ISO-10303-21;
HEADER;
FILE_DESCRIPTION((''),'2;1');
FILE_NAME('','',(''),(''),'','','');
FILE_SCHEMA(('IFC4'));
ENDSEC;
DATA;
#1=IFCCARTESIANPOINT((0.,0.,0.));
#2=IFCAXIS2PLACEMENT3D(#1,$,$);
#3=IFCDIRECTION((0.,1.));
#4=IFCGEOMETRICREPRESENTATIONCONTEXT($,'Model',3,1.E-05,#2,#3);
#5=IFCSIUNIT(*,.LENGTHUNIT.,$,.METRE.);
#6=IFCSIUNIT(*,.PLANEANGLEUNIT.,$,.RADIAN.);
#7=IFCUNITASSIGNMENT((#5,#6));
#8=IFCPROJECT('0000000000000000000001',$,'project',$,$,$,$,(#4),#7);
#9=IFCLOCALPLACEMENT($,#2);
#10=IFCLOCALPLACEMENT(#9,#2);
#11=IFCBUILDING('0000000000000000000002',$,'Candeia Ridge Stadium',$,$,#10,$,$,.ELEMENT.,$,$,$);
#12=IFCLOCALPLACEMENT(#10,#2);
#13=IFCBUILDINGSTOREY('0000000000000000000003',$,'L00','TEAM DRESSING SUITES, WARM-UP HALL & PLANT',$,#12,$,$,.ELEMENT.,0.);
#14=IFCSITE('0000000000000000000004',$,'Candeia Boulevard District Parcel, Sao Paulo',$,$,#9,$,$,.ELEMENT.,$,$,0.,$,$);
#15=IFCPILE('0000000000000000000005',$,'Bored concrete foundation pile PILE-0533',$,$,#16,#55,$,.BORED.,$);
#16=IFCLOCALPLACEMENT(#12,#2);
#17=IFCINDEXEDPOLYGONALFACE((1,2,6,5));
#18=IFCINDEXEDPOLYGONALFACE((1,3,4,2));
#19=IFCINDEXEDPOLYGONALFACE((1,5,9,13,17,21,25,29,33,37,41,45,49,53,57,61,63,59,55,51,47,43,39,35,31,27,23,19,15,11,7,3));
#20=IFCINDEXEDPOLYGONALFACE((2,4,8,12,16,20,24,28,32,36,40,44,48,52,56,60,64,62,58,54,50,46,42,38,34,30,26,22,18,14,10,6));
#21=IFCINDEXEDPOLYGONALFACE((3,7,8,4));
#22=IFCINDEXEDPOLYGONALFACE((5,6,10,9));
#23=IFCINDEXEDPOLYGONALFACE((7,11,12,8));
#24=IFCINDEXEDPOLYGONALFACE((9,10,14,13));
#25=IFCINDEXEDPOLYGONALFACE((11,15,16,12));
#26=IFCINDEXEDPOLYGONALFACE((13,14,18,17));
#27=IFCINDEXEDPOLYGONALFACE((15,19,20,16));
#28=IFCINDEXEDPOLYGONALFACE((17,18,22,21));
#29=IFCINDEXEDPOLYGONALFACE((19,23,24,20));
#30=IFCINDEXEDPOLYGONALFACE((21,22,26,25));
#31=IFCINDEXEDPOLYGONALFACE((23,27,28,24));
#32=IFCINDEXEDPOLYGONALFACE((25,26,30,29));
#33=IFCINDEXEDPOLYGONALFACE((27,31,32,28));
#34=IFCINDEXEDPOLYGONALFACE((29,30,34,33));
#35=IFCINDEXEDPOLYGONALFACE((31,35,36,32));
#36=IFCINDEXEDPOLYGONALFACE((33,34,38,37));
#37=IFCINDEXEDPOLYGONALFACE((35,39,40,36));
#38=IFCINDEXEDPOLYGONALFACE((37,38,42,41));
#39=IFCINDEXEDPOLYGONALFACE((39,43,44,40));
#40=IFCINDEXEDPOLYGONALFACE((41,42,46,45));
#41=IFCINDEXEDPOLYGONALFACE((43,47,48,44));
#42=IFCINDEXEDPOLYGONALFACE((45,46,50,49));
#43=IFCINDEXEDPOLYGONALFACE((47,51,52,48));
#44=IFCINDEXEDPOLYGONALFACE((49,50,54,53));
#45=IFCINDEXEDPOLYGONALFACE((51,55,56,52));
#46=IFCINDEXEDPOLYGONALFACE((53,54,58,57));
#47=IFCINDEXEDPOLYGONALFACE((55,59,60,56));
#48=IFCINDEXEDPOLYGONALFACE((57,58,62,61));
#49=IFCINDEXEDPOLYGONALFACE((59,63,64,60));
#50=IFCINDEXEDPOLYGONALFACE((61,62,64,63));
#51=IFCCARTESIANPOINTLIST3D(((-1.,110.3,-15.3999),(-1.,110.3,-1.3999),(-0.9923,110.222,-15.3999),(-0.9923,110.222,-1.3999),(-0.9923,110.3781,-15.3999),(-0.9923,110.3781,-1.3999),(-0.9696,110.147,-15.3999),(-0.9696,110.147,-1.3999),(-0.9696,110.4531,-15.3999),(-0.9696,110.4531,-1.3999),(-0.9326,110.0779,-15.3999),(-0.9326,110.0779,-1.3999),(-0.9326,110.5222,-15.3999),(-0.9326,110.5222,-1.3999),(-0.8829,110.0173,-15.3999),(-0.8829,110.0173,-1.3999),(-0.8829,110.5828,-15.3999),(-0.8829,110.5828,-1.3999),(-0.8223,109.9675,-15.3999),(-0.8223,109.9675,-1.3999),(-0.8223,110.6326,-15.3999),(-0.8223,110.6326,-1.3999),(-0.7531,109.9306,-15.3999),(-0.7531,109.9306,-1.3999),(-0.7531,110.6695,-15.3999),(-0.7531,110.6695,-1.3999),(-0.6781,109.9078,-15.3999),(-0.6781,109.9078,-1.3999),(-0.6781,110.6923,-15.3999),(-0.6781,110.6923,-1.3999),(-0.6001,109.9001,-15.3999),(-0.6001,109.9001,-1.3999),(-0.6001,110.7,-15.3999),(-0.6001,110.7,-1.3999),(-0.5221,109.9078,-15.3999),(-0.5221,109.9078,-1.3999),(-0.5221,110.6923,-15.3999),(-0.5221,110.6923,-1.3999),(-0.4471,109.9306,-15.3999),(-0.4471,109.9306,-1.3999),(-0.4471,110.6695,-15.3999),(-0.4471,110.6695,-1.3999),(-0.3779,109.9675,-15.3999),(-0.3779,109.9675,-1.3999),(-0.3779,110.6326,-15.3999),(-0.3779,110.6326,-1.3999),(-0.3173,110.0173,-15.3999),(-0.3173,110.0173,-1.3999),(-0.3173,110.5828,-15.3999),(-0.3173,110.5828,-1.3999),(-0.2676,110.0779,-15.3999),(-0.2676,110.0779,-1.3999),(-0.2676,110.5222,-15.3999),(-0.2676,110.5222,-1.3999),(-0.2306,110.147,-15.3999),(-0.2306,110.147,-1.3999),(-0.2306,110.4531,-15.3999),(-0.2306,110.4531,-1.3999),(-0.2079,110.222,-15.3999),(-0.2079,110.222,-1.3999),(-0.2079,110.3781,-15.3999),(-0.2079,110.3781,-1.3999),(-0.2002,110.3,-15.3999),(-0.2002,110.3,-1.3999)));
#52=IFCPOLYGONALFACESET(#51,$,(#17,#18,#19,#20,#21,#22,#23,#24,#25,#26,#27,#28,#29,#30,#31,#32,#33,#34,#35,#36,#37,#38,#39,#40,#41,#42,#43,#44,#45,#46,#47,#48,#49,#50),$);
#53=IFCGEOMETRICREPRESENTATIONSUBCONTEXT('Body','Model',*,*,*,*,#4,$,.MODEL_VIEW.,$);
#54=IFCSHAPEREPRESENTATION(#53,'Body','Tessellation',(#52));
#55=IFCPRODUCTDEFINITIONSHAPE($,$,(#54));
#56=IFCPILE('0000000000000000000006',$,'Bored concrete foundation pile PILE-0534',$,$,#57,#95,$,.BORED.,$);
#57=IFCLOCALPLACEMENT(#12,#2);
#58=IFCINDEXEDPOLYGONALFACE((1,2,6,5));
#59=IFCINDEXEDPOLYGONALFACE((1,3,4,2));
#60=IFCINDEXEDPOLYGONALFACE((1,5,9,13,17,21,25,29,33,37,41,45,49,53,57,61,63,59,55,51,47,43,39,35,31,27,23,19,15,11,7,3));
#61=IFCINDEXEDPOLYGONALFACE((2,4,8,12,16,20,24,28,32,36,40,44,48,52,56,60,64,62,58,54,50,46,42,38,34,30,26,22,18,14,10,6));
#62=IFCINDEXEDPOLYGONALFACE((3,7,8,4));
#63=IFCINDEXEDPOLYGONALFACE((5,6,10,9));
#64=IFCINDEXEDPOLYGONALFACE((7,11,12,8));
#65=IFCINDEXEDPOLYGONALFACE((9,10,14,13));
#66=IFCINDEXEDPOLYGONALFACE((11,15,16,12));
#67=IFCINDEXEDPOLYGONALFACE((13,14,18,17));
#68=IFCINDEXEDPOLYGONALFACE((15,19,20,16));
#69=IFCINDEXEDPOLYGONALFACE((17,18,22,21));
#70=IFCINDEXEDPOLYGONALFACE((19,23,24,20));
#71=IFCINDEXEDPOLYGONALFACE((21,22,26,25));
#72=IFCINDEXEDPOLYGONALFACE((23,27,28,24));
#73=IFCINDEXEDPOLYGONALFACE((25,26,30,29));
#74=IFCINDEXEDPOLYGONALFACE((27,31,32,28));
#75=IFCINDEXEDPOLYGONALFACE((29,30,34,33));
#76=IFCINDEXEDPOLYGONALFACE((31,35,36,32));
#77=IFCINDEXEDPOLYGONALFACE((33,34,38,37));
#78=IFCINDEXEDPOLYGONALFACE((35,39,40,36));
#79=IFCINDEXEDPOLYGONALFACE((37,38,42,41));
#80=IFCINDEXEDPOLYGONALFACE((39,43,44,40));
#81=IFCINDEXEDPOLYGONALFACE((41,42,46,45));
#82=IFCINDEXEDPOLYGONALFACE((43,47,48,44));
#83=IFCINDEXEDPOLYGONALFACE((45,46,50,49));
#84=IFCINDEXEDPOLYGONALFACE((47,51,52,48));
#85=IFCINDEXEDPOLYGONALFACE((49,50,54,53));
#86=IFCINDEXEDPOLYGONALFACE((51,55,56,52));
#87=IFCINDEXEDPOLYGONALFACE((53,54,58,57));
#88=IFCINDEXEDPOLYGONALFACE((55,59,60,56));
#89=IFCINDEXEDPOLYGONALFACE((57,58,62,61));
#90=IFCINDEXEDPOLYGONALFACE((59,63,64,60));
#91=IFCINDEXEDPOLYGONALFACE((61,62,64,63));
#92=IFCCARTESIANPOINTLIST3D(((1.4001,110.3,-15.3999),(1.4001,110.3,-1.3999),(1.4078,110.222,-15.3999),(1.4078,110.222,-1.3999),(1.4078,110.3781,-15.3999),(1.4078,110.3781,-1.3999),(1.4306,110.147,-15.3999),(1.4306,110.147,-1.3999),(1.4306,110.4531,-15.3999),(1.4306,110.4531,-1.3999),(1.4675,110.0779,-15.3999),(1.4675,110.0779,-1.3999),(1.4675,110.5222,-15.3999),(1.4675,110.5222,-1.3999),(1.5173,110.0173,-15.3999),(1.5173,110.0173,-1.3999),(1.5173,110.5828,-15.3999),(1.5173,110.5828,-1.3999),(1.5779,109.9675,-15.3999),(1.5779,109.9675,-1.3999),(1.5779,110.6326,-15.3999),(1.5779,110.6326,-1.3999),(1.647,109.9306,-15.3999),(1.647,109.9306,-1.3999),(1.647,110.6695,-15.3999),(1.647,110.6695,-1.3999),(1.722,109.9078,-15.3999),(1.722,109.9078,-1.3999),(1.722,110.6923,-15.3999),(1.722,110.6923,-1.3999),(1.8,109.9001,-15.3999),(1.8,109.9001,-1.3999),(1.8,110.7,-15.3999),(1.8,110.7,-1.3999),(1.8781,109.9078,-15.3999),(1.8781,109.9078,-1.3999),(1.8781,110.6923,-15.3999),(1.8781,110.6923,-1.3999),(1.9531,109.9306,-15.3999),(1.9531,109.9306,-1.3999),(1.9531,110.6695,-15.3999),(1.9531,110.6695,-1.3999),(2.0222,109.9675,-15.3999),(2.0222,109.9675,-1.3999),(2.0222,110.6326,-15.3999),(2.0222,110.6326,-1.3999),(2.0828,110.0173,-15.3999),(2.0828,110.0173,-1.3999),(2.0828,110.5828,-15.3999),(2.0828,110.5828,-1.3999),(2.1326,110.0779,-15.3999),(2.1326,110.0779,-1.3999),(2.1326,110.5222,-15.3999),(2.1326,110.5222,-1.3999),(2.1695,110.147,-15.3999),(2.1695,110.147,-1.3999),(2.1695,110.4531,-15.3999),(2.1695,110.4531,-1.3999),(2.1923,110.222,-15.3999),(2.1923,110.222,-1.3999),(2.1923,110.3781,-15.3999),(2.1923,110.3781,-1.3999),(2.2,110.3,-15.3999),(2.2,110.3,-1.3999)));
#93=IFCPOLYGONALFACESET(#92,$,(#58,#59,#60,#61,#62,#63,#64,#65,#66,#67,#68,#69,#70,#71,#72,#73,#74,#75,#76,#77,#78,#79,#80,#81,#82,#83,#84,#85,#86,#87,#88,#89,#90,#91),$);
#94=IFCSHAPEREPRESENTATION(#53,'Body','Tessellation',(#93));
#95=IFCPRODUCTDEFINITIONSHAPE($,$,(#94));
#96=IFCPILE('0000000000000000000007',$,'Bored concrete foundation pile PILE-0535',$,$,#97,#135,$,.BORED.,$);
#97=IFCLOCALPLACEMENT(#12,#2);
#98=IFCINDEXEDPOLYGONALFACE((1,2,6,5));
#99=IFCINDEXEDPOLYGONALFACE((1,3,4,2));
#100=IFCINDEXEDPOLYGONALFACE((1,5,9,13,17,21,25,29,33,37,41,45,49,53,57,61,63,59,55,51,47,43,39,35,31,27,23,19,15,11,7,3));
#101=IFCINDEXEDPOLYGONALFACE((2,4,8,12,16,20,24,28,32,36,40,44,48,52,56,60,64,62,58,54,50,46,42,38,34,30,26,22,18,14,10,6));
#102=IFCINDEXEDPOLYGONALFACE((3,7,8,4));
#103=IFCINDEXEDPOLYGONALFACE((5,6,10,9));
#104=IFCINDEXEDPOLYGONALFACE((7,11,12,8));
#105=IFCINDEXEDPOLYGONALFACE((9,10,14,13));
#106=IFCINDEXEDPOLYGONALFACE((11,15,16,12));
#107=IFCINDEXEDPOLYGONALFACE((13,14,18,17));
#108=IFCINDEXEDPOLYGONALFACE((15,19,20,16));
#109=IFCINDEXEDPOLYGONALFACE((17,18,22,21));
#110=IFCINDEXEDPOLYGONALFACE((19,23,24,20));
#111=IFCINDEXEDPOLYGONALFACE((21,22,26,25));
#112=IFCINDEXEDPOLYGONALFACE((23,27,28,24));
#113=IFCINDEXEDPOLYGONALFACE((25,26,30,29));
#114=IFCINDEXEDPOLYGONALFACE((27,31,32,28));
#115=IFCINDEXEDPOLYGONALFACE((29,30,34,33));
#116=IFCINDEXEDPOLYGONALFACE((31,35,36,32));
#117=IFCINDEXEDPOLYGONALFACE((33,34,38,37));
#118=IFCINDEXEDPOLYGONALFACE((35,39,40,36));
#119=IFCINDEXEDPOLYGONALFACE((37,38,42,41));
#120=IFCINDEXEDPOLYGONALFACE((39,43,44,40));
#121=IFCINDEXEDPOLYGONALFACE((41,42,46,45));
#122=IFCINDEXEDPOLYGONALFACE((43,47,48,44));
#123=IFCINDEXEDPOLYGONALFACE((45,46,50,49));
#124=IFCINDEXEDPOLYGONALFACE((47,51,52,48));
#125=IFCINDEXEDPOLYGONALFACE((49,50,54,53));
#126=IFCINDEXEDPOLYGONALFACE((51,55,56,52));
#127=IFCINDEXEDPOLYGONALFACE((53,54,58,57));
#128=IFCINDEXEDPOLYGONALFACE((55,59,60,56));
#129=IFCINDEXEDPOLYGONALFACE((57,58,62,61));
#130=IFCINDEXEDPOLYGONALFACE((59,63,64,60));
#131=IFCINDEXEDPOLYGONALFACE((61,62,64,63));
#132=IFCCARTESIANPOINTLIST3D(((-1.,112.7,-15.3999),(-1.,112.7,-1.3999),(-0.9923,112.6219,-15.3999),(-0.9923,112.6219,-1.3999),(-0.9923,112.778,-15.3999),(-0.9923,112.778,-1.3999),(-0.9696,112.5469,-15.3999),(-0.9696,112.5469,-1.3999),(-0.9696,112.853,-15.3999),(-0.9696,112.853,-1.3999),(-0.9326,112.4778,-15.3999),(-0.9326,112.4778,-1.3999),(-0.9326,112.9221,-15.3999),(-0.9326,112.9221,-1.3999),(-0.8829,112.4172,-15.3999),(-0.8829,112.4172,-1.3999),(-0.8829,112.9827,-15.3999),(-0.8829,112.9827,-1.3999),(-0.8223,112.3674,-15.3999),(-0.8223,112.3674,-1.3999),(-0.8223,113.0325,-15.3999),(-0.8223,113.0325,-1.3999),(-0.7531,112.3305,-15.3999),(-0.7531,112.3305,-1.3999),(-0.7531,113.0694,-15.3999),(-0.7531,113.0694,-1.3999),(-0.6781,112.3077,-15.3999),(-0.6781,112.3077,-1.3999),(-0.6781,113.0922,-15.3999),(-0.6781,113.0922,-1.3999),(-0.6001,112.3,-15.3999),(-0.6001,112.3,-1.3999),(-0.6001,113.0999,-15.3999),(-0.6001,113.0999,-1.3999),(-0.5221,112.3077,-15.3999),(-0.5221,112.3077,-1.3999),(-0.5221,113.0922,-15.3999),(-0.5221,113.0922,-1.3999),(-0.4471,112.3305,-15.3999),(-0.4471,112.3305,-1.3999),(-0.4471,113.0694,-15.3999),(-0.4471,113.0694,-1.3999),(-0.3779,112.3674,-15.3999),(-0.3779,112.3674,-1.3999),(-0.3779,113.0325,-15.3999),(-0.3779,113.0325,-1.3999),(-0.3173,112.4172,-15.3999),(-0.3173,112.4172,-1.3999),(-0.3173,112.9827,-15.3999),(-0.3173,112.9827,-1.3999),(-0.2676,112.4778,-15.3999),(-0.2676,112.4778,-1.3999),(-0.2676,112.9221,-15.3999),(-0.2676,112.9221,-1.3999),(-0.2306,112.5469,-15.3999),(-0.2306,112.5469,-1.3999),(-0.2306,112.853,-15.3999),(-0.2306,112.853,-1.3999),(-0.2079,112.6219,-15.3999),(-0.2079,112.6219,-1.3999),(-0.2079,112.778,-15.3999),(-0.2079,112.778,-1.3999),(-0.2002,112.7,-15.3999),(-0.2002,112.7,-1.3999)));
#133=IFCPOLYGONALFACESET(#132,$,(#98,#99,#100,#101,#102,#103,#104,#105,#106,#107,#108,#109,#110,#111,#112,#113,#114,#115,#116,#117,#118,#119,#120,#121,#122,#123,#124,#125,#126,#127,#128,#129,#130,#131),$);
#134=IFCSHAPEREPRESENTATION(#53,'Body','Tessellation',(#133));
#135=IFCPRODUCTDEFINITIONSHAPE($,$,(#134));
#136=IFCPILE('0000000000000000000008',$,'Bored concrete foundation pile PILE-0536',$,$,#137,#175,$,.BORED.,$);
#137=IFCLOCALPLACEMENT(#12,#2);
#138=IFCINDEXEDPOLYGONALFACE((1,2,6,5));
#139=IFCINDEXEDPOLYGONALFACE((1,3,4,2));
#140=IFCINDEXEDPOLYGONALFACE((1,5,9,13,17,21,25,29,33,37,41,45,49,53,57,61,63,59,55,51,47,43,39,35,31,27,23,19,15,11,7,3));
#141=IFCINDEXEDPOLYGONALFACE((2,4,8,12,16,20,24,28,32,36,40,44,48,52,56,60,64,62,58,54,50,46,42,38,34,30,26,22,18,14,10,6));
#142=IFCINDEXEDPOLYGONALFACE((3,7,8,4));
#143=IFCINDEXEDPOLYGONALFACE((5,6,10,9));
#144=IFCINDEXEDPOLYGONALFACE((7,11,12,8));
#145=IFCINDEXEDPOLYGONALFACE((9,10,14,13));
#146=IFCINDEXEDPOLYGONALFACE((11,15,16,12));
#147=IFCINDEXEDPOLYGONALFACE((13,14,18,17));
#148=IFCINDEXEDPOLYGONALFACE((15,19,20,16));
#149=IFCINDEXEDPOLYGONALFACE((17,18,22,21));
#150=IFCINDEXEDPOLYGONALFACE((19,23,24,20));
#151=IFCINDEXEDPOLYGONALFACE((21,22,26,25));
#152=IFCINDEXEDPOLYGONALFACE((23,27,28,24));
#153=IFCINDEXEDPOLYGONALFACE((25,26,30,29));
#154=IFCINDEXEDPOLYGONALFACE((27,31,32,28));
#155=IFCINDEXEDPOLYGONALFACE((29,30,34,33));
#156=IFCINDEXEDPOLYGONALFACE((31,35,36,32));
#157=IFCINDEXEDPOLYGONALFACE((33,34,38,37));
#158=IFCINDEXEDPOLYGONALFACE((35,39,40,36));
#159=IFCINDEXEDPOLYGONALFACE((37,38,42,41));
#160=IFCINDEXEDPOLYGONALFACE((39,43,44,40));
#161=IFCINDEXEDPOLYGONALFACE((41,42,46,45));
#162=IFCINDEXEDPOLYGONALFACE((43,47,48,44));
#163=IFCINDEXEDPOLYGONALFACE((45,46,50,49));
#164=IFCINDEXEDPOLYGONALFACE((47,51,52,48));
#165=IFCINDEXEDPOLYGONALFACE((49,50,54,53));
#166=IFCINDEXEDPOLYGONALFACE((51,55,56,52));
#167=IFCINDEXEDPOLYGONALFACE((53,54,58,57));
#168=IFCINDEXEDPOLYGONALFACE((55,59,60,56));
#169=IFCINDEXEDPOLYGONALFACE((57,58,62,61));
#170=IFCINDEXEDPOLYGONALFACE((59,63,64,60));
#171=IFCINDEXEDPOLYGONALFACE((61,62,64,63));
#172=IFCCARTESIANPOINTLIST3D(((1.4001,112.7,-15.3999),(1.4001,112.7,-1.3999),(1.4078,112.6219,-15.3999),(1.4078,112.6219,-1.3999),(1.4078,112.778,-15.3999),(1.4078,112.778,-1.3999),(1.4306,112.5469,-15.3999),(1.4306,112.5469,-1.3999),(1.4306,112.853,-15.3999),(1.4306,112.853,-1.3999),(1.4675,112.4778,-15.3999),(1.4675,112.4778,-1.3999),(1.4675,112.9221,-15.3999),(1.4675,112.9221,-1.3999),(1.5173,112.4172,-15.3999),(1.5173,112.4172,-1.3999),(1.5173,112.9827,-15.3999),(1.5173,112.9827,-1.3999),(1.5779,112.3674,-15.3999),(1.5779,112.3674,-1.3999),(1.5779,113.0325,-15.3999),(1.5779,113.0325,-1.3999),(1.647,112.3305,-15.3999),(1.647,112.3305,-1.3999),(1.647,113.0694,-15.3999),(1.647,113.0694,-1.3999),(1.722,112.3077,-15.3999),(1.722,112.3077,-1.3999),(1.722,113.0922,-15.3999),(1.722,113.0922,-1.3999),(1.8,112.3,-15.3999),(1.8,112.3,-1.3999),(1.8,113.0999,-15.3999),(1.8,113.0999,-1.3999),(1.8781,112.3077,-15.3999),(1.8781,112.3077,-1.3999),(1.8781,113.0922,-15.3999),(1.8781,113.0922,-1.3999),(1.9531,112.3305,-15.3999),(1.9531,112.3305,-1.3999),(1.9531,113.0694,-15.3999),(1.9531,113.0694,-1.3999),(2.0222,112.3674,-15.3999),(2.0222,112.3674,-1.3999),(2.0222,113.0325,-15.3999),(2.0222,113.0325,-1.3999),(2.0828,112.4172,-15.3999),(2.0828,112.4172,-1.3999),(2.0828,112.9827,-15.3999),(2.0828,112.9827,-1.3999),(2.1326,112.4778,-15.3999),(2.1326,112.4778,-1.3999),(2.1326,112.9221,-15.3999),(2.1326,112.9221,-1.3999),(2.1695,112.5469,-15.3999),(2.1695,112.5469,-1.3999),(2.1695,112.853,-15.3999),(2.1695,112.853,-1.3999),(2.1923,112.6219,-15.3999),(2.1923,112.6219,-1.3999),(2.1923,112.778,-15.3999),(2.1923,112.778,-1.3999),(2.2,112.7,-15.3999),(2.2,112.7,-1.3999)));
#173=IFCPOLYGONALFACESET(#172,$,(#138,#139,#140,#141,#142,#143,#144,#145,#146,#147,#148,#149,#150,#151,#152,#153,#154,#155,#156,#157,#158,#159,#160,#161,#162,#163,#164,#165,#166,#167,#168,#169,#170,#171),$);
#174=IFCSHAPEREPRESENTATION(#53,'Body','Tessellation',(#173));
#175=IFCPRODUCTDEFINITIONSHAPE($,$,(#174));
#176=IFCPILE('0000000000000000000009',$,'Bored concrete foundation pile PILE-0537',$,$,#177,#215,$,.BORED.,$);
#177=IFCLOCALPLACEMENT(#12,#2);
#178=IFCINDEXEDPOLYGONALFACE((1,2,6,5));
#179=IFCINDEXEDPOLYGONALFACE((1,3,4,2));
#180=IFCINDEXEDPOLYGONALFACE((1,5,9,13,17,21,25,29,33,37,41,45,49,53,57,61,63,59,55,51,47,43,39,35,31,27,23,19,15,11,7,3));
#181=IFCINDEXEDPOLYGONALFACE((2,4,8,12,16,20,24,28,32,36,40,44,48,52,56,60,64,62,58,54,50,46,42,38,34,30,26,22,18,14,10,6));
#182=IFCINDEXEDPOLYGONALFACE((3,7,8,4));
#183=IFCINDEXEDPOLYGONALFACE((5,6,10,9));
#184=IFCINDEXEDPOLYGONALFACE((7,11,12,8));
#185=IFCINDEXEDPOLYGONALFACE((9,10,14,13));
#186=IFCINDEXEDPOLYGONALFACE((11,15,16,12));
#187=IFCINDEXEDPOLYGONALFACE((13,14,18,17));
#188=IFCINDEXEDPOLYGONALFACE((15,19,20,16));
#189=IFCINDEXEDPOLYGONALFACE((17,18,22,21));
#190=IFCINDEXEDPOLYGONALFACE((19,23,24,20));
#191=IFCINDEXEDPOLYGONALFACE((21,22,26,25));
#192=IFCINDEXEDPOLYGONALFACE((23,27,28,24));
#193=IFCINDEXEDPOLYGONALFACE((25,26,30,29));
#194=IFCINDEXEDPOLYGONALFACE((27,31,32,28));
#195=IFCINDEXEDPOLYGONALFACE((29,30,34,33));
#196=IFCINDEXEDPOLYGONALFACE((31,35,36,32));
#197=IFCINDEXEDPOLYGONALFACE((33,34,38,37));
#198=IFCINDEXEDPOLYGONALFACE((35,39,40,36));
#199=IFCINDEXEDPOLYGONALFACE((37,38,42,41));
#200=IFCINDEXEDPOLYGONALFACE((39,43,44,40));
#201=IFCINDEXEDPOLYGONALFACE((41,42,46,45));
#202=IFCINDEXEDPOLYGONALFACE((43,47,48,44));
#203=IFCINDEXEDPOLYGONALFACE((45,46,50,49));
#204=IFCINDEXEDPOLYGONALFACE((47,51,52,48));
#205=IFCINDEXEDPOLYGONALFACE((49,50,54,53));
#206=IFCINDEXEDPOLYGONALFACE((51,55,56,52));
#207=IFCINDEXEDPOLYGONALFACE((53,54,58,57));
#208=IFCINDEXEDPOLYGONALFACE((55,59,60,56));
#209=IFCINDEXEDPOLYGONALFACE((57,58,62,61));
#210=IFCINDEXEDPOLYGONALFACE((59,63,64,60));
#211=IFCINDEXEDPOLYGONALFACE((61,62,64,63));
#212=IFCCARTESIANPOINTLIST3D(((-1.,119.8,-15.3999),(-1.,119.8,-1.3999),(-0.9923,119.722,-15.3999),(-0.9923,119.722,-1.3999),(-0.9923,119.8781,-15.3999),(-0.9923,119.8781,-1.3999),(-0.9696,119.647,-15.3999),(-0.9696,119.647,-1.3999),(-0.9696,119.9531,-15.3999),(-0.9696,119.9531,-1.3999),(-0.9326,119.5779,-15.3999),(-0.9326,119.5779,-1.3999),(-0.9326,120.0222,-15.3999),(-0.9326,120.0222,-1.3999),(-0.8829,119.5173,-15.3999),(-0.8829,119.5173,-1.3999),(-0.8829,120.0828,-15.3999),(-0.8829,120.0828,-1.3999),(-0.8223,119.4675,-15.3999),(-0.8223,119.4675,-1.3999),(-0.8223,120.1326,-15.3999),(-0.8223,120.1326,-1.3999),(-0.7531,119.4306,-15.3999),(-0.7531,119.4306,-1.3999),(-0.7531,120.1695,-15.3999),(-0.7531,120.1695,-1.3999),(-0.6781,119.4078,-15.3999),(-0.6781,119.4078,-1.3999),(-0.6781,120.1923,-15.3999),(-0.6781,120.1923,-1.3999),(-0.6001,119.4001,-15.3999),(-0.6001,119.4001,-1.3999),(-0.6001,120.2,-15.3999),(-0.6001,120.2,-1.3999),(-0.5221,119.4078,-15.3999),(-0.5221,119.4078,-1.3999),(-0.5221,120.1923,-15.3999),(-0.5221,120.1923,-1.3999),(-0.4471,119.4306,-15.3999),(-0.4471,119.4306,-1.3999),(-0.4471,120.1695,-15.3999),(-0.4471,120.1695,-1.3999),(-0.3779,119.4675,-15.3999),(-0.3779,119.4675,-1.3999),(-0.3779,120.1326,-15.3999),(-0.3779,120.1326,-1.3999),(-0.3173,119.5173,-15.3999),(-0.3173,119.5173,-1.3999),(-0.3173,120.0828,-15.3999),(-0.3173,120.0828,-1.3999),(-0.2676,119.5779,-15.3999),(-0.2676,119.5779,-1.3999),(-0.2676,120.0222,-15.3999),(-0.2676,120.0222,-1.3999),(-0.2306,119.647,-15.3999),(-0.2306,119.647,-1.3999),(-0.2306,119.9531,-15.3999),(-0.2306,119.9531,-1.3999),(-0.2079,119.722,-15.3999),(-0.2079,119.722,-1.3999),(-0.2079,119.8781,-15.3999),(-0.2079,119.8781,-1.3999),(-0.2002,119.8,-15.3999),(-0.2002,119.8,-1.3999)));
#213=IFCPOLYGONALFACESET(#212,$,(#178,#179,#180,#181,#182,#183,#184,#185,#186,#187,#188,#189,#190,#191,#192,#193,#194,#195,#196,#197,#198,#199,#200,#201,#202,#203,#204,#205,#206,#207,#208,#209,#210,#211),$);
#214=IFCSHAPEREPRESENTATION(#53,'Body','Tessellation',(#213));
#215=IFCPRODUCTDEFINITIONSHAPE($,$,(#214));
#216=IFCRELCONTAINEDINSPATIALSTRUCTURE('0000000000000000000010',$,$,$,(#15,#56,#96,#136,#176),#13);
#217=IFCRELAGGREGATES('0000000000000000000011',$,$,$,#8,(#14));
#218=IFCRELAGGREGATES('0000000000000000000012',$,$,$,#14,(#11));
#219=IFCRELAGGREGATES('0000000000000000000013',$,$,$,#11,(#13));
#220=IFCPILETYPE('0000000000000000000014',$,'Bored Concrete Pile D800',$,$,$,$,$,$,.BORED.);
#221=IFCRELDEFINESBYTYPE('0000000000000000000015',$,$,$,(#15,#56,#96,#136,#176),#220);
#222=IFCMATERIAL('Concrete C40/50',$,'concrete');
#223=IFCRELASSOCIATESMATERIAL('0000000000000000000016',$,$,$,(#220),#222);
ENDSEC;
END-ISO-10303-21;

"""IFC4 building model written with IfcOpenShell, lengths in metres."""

from ifc_helpers import new_model, si_unit, direction, frame, origin, origin_2d, place, context, subcontext, project, spatial, circle, extrude, material, material_profile, profile_set, type_object, element, save


model = new_model("IFC4")

# Units and contexts
model_context = context("Model", 3, precision=1e-05, world=origin(), true_north=direction((0.0, 1.0)))
body_context = subcontext(model_context, "Body", "Model", "MODEL_VIEW")
ifc_project = project(units=[si_unit("LENGTHUNIT", "METRE"), si_unit("PLANEANGLEUNIT", "RADIAN")], contexts=[model_context])

# Site, building, storey
site_placement = place(None, origin())
site = spatial("IfcSite", under=ifc_project, at=site_placement, Name="Candeia Boulevard District Parcel, Sao Paulo", CompositionType="ELEMENT", RefElevation=0.0)
building_placement = place(site_placement, origin())
building = spatial("IfcBuilding", under=site, at=building_placement, Name="Candeia Ridge Stadium", CompositionType="ELEMENT")
storey_placement = place(building_placement, origin())
storey = spatial("IfcBuildingStorey", under=building, at=storey_placement, Name="L00", Description="TEAM DRESSING SUITES, WARM-UP HALL & PLANT", CompositionType="ELEMENT", Elevation=0.0)

# Piles
ifc_material_1 = material(Name="Concrete C40/50", Category="concrete")
ifc_material_profile_1 = material_profile(ifc_material_1, circle(Radius=0.3999, at=origin_2d()), Name="PILE-D800", Category="concrete")
ifc_profile_set_1 = profile_set([ifc_material_profile_1], Name="Concrete C40/50")
pile_type = type_object("IfcPileType", Name="Bored Concrete Pile D800", PredefinedType="BORED", material=ifc_profile_set_1)
for number, where, z_axis, x_axis, name in (
    (1, (-0.6001, 110.3, -1.3999), (0.0, 0.0, -1.0), (1.0, 0.0, 0.0), "Bored concrete foundation pile PILE-0533"),
    (2, (1.8, 110.3, -1.3999), (0.0, 0.0, -1.0), (1.0, 0.0, 0.0), "Bored concrete foundation pile PILE-0534"),
    (3, (-0.6001, 112.7, -1.3999), (0.0, 0.0, -1.0), (1.0, 0.0, 0.0), "Bored concrete foundation pile PILE-0535"),
    (4, (1.8, 112.7, -1.3999), (0.0, 0.0, -1.0), (1.0, 0.0, 0.0), "Bored concrete foundation pile PILE-0536"),
    (5, (-0.6001, 119.8, -1.3999), (0.0, 0.0, -1.0), (1.0, 0.0, 0.0), "Bored concrete foundation pile PILE-0537"),
):
    element("IfcPile", number, at=place(storey_placement, frame(where, z_axis=z_axis, x_axis=x_axis)), inside=storey, type_object=pile_type, Name=name, PredefinedType="BORED", context=body_context, shape_type="SweptSolid", body=[
        extrude(circle(Radius=0.3999, at=origin_2d()), origin(), (0.0, 0.0, 1.0), 14.0),
    ])

save(model, "model.ifc")
